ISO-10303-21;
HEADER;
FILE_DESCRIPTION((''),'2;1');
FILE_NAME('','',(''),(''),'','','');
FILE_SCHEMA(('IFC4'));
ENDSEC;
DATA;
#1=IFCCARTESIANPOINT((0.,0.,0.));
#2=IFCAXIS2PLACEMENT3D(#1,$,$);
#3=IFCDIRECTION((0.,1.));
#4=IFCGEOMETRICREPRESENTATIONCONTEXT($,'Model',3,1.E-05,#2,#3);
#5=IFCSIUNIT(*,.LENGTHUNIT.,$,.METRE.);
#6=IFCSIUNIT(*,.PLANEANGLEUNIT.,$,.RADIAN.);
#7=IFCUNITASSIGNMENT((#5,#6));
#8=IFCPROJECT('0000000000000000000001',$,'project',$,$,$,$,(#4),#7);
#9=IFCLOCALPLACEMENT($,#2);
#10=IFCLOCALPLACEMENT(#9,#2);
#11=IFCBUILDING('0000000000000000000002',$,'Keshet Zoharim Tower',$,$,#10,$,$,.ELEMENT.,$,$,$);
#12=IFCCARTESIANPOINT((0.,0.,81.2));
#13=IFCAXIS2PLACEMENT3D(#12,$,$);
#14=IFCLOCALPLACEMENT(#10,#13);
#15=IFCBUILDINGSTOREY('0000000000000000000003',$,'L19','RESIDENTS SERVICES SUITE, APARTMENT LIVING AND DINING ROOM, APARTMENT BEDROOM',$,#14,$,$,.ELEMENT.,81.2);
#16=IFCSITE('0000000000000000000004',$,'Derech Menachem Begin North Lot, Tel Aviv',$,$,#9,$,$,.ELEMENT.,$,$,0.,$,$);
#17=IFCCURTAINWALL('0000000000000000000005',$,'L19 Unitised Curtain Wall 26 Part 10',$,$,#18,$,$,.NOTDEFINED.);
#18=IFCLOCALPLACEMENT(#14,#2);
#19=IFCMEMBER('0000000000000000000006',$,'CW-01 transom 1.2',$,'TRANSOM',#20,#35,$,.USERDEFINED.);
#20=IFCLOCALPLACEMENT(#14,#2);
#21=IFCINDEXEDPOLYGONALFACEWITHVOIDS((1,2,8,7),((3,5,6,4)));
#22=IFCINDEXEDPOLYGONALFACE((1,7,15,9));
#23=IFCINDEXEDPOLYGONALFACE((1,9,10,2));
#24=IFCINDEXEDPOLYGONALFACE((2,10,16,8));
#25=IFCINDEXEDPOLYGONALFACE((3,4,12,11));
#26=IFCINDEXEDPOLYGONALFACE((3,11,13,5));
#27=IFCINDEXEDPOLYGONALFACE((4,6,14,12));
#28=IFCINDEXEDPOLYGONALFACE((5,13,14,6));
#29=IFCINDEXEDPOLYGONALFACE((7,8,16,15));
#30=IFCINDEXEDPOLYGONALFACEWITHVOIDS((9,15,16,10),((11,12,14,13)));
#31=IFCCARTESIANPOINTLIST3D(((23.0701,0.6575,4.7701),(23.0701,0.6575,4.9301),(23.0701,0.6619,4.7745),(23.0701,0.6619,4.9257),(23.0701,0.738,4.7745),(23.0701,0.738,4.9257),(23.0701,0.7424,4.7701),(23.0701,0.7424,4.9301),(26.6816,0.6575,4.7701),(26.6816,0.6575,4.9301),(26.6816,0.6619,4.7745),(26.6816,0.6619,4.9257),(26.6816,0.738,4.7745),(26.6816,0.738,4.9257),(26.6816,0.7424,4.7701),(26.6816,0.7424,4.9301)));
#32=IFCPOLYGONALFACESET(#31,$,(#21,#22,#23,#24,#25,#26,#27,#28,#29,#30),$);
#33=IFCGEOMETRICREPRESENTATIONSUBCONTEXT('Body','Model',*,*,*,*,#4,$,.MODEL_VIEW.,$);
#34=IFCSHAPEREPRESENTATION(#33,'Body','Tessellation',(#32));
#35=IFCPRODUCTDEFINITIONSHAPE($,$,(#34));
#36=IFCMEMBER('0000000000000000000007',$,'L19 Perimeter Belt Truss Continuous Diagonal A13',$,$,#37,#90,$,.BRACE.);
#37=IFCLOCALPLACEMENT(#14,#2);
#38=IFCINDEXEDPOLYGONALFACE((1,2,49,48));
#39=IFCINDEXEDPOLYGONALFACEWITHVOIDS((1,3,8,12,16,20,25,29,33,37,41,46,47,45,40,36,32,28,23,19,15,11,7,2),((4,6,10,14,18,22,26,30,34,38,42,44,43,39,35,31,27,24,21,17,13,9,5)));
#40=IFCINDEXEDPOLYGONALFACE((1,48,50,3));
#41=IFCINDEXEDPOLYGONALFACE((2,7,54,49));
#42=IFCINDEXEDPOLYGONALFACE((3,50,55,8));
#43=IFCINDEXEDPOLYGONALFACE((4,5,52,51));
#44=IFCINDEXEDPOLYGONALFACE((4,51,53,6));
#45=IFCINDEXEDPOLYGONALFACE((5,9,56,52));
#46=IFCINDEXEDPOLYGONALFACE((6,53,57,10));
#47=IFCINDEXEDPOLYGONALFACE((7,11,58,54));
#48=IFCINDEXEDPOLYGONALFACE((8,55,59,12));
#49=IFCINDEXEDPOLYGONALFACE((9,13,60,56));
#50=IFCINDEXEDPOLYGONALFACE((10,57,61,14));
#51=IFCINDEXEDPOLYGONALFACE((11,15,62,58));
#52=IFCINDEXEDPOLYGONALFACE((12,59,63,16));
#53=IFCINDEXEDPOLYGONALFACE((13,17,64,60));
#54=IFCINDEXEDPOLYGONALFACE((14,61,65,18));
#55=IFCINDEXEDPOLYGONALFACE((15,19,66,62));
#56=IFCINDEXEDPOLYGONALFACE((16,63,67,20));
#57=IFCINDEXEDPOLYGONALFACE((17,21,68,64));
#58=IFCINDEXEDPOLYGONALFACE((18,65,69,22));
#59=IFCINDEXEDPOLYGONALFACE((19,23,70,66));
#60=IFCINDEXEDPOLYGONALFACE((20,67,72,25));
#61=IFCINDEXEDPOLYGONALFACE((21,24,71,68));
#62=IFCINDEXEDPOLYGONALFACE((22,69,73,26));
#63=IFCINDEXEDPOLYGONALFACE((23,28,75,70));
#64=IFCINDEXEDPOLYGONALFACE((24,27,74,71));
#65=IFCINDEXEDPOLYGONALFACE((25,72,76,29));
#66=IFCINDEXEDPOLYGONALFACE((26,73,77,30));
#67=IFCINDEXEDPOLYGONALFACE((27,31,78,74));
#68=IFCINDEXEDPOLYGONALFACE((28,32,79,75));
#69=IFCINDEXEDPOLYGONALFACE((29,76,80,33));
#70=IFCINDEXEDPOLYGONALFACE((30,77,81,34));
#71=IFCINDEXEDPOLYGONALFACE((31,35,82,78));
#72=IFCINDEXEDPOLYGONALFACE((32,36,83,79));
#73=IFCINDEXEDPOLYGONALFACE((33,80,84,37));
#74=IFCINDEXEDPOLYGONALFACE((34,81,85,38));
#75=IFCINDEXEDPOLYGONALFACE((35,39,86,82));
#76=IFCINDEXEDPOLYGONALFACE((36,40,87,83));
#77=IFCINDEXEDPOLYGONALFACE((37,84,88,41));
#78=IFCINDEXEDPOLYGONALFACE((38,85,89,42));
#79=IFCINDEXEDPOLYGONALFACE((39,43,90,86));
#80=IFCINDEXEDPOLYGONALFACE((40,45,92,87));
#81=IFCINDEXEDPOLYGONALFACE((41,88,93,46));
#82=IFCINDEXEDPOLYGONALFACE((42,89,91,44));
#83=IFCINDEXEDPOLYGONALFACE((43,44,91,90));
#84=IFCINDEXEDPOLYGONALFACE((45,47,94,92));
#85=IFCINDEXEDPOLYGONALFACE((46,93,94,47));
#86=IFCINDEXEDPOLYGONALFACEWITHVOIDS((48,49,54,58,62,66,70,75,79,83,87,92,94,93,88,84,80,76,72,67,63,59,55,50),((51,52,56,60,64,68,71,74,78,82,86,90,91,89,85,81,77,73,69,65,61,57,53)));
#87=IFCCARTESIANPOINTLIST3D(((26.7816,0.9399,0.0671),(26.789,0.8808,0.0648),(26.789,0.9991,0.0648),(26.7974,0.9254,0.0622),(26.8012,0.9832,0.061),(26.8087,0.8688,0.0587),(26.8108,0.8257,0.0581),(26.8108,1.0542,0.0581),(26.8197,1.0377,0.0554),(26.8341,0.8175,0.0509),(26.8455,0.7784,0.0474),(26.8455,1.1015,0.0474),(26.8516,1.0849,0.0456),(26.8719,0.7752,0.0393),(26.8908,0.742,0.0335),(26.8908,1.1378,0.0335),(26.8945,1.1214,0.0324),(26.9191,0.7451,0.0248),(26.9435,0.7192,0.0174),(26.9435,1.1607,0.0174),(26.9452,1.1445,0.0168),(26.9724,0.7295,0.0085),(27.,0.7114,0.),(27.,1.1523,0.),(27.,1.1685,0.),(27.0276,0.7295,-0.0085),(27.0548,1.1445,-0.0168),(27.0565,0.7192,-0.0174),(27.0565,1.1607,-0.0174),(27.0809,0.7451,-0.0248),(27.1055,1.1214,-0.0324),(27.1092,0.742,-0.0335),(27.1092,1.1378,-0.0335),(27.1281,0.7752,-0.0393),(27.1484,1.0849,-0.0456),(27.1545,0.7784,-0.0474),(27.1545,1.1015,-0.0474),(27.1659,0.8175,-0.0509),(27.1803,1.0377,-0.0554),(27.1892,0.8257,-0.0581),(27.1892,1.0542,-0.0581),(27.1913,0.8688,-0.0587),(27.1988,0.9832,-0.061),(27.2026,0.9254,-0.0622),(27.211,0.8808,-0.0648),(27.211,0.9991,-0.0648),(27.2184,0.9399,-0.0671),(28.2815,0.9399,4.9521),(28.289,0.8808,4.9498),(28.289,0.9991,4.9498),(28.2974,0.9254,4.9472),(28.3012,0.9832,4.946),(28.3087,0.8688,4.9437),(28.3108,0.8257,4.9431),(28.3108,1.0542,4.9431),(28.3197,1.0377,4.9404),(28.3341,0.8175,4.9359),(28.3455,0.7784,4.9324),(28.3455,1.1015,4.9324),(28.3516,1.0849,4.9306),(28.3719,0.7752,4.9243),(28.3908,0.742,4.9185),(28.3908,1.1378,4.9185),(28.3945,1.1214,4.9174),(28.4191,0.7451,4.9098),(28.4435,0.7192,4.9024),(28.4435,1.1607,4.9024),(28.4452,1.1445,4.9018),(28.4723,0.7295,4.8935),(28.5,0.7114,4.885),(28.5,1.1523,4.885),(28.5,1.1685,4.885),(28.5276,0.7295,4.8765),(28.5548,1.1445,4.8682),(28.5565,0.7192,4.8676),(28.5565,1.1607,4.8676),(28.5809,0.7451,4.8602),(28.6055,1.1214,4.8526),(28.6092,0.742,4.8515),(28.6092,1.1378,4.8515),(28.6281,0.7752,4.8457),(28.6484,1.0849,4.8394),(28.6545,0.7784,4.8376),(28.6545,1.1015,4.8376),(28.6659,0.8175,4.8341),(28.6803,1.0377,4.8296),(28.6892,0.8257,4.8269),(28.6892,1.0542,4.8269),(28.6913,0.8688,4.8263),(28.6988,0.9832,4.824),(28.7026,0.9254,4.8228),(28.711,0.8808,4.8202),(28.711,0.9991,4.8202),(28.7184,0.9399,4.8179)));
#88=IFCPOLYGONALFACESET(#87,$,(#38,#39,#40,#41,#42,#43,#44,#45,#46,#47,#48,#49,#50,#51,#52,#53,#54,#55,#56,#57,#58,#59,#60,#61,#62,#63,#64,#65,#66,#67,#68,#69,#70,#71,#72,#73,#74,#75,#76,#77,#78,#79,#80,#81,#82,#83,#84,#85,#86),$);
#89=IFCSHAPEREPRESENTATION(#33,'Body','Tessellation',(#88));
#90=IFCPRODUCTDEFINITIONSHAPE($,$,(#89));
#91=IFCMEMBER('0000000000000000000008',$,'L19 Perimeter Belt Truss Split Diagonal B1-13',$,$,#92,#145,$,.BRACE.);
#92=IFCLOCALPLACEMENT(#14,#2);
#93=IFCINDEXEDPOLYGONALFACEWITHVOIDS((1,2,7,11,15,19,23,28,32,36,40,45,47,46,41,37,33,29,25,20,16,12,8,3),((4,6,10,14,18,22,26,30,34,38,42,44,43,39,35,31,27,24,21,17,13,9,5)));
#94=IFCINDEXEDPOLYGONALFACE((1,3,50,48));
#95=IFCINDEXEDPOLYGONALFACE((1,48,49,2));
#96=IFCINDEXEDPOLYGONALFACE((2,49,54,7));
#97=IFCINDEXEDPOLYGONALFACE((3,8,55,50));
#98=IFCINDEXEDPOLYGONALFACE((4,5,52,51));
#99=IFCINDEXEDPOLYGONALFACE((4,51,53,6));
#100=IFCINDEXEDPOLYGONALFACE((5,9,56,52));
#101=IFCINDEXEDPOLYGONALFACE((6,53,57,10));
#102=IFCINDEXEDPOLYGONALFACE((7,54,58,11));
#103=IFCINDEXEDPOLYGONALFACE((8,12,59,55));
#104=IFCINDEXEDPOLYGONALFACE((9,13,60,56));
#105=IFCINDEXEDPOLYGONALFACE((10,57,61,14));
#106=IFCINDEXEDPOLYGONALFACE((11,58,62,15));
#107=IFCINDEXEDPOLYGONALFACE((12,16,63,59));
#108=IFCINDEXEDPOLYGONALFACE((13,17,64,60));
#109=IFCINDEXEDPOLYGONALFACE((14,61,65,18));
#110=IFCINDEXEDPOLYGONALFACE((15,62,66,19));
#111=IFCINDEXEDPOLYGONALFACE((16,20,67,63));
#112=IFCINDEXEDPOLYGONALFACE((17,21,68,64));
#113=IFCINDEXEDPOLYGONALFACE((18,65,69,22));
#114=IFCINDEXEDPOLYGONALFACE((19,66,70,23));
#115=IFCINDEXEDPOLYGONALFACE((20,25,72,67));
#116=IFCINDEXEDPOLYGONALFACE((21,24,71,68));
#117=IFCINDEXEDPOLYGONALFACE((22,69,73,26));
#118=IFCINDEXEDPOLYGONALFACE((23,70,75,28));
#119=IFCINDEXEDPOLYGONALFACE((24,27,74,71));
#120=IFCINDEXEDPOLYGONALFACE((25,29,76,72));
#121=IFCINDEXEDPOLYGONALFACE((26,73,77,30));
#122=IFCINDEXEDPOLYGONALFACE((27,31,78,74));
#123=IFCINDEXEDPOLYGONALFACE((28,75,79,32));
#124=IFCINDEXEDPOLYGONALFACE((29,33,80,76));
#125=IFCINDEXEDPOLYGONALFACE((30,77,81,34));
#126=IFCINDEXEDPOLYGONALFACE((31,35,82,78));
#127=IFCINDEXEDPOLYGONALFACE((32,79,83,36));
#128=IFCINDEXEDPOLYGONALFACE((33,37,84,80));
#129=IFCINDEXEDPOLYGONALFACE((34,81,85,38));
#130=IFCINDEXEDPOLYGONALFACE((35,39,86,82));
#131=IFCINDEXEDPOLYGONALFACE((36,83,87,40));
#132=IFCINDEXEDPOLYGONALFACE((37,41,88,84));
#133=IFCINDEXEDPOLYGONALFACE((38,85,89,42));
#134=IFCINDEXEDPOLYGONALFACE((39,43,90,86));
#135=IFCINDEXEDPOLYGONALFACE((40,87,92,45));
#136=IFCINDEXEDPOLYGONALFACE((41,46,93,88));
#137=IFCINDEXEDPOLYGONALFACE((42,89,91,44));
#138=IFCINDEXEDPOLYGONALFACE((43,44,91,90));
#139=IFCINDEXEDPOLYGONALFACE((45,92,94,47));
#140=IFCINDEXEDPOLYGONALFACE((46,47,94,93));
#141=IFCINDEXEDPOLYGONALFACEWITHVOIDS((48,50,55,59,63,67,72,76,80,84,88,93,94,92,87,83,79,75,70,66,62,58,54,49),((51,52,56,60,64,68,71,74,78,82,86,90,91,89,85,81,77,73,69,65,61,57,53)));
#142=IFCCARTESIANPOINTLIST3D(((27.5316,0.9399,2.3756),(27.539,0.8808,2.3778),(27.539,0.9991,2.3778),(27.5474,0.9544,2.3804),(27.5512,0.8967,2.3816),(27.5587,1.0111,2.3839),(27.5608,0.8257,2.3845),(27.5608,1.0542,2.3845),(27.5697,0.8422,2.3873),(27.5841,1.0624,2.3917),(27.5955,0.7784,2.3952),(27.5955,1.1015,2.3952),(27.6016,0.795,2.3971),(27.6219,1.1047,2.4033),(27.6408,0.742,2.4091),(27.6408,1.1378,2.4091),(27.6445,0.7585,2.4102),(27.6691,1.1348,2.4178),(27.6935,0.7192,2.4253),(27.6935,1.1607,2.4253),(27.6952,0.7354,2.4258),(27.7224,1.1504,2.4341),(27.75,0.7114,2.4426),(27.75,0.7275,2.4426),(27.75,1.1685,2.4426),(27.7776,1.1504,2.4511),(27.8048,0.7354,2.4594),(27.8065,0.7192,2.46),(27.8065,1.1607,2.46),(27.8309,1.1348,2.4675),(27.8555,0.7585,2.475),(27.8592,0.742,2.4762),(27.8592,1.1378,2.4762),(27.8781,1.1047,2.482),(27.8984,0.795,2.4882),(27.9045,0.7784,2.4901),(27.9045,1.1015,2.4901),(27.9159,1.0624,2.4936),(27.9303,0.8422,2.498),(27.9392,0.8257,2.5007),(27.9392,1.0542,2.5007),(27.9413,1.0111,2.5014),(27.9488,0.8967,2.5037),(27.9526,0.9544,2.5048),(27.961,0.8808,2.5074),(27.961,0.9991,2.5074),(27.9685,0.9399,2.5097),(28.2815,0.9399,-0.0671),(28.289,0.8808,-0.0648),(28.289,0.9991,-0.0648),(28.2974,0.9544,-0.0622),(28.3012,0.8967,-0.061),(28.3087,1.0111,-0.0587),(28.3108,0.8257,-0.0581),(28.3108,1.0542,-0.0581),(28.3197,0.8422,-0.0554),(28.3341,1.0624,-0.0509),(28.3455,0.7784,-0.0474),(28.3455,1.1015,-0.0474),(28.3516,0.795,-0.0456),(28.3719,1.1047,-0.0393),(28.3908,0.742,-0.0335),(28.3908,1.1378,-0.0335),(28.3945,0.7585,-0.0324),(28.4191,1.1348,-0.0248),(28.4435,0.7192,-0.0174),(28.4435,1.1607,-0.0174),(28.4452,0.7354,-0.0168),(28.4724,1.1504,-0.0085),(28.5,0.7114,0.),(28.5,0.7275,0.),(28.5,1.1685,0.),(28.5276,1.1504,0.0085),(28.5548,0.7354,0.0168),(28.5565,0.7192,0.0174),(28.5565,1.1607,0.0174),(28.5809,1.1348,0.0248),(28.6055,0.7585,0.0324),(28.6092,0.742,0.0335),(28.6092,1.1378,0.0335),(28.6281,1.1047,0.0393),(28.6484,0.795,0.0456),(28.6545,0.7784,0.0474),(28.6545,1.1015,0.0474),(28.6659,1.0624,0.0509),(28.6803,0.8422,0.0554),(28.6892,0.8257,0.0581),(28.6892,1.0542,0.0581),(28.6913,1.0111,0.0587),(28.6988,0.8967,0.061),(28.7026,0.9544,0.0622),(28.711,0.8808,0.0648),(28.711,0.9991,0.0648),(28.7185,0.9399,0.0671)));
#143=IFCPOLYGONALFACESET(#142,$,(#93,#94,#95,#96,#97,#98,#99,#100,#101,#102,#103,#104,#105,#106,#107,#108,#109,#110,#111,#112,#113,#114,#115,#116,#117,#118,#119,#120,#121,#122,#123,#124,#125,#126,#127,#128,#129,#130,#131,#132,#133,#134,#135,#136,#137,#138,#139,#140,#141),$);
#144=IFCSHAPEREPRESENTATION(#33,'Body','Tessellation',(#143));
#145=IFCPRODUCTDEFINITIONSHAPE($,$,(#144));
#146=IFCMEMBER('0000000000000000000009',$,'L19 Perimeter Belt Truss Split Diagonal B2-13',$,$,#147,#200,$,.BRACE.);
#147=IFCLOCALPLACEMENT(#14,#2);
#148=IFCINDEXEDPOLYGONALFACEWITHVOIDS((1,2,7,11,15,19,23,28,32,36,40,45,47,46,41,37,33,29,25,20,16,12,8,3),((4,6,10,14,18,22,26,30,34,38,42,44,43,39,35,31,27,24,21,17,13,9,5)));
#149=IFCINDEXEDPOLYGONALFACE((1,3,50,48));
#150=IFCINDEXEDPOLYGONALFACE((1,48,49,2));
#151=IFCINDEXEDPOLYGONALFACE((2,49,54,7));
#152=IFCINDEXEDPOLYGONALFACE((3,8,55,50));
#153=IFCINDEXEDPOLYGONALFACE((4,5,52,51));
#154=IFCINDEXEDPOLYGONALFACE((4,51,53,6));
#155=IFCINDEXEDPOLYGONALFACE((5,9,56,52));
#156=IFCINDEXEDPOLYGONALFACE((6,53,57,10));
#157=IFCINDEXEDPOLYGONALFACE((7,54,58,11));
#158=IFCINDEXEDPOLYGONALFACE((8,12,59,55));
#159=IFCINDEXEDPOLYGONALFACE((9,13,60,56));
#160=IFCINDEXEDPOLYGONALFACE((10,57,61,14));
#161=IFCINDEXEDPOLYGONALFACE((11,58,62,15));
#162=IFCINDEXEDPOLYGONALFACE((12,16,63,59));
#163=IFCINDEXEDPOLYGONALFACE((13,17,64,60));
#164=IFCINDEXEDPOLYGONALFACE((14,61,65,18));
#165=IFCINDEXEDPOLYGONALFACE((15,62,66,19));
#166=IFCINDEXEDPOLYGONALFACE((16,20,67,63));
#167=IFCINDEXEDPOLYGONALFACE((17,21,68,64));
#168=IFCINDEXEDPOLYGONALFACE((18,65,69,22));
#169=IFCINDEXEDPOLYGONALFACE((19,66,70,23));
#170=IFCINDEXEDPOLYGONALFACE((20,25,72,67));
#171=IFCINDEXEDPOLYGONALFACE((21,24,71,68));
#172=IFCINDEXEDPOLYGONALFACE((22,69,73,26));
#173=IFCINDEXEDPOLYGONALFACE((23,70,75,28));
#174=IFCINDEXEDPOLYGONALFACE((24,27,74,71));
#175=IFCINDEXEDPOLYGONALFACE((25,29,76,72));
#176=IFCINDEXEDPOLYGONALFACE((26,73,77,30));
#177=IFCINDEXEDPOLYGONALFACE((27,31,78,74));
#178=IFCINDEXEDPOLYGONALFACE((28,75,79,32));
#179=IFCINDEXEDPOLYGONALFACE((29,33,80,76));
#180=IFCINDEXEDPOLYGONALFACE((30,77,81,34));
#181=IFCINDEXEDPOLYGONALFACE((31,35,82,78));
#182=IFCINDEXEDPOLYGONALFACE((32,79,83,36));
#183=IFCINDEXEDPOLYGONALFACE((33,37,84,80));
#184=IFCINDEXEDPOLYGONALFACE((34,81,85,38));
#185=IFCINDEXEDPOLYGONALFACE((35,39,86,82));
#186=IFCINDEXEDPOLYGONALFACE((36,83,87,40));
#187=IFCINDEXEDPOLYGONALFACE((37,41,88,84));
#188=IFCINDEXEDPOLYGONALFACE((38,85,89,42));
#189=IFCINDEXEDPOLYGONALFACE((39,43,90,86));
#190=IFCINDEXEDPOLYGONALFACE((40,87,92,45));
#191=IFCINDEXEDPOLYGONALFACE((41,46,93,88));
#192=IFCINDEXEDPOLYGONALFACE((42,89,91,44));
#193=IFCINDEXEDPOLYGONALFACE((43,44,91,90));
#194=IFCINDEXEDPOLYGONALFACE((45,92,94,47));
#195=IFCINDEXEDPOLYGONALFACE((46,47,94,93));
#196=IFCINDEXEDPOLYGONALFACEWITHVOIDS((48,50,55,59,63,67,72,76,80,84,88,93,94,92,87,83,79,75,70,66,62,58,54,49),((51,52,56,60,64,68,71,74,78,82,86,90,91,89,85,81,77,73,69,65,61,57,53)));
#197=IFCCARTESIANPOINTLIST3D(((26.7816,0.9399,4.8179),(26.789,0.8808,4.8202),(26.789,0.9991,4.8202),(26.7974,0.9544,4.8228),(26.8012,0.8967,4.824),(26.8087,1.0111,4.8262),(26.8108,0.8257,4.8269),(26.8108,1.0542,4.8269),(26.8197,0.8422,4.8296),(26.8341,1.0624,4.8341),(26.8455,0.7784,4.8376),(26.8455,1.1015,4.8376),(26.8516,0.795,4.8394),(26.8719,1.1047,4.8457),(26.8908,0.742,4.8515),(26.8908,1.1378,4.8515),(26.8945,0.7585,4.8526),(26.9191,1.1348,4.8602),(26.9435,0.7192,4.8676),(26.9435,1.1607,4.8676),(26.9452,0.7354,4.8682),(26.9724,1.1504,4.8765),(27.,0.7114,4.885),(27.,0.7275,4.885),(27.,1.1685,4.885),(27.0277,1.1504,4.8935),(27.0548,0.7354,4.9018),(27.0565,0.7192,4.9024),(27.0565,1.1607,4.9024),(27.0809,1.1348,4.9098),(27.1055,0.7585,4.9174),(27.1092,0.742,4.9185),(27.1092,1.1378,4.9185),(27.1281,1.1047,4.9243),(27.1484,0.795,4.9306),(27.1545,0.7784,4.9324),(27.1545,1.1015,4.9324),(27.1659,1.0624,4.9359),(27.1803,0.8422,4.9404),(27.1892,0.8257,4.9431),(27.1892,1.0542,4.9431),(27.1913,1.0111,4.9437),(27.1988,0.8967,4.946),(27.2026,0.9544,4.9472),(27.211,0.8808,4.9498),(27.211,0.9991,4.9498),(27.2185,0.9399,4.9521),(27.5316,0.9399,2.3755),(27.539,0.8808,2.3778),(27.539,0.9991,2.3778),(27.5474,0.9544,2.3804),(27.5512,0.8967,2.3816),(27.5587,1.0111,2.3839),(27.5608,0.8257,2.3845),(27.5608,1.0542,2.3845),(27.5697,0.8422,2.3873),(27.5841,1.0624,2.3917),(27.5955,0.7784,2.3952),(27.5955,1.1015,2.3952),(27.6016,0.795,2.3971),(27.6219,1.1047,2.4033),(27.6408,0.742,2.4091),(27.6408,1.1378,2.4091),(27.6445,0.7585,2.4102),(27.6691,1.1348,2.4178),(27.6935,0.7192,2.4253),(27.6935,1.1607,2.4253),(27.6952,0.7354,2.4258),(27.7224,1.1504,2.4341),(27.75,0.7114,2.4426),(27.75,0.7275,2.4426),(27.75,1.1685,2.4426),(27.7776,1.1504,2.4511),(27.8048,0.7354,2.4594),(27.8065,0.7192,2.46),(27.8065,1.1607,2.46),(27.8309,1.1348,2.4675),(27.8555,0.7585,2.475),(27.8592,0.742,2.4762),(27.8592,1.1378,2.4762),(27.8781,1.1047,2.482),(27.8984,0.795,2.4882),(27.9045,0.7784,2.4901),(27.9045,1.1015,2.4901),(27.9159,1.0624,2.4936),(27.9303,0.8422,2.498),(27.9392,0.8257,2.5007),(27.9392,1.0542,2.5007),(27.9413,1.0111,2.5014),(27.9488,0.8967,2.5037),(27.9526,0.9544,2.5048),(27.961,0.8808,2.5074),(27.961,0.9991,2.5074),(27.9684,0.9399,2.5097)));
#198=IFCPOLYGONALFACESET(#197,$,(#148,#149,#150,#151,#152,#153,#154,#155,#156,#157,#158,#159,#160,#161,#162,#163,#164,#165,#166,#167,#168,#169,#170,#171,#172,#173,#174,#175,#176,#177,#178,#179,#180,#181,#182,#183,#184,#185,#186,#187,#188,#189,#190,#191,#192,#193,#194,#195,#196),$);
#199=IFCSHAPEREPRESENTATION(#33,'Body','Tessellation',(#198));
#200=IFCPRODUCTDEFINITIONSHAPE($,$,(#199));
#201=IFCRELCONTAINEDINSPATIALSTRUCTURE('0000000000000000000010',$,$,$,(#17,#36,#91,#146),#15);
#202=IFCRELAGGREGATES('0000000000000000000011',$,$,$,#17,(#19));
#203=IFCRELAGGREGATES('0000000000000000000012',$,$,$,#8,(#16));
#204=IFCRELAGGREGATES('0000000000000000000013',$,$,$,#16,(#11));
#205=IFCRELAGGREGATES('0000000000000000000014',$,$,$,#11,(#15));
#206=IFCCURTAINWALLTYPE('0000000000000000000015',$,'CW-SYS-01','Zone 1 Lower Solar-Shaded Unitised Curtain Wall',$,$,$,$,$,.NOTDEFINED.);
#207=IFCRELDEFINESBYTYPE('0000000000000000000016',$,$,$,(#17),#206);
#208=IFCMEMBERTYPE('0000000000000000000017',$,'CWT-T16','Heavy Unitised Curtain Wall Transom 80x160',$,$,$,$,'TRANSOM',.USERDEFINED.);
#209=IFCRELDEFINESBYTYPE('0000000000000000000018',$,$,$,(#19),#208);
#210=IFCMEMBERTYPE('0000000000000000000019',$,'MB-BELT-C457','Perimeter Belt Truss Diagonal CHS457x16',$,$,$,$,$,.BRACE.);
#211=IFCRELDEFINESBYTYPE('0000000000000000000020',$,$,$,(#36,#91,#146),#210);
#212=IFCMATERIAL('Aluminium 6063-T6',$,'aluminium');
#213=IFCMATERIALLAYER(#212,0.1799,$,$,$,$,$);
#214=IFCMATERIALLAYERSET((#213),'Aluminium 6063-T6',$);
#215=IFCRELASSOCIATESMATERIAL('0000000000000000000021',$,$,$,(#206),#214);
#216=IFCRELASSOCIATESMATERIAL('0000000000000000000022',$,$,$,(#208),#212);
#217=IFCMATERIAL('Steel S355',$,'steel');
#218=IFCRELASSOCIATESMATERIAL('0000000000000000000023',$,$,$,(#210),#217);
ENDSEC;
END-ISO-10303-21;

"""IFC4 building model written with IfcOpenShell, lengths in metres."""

from ifc_helpers import new_model, si_unit, direction, frame, origin, origin_2d, place, context, subcontext, project, spatial, hollow_rectangle, hollow_circle, extrude, material, layer, layer_set, material_profile, profile_set, type_object, element, aggregate, save


model = new_model("IFC4")

# Units and contexts
model_context = context("Model", 3, precision=1e-05, world=origin(), true_north=direction((0.0, 1.0)))
body_context = subcontext(model_context, "Body", "Model", "MODEL_VIEW")
ifc_project = project(units=[si_unit("LENGTHUNIT", "METRE"), si_unit("PLANEANGLEUNIT", "RADIAN")], contexts=[model_context])

# Site, building, storey
site_placement = place(None, origin())
site = spatial("IfcSite", under=ifc_project, at=site_placement, Name="Derech Menachem Begin North Lot, Tel Aviv", CompositionType="ELEMENT", RefElevation=0.0)
building_placement = place(site_placement, origin())
building = spatial("IfcBuilding", under=site, at=building_placement, Name="Keshet Zoharim Tower", CompositionType="ELEMENT")
storey_placement = place(building_placement, frame((0.0, 0.0, 81.2)))
storey = spatial("IfcBuildingStorey", under=building, at=storey_placement, Name="L19", Description="RESIDENTS SERVICES SUITE, APARTMENT LIVING AND DINING ROOM, APARTMENT BEDROOM", CompositionType="ELEMENT", Elevation=81.2)

# Shared definitions
ifc_material_1 = material(Name="Steel S355", Category="steel")

# Shared definitions
ifc_material_2 = material(Name="Aluminium 6063-T6", Category="aluminium")
ifc_layer_1 = layer(ifc_material_2, 0.1799)
ifc_layer_set_1 = layer_set([ifc_layer_1], Name="Aluminium 6063-T6")
curtain_wall_type = type_object("IfcCurtainWallType", Name="CW-SYS-01", Description="Zone 1 Lower Solar-Shaded Unitised Curtain Wall", PredefinedType="NOTDEFINED", material=ifc_layer_set_1)

# Curtain wall, member
ifc_material_profile_1 = material_profile(ifc_material_2, hollow_rectangle(XDim=0.085, YDim=0.1599, WallThickness=0.0044, at=origin_2d()), Name="TRN-85x160")
ifc_profile_set_1 = profile_set([ifc_material_profile_1], Name="Aluminium 6063-T6")
member_type_1 = type_object("IfcMemberType", Name="CWT-T16", Description="Heavy Unitised Curtain Wall Transom 80x160", ElementType="TRANSOM", PredefinedType="USERDEFINED", material=ifc_profile_set_1)
curtain_wall_1_placement = place(storey_placement, origin())
curtain_wall_1 = element("IfcCurtainWall", 1, at=curtain_wall_1_placement, inside=storey, type_object=curtain_wall_type, Name="L19 Unitised Curtain Wall 26 Part 10", PredefinedType="NOTDEFINED")
member_1_placement = place(storey_placement, frame((26.6816, 0.7, 4.8501), z_axis=(-1.0, 0.0, 0.0), x_axis=(0.0, -1.0, 0.0)))
member_1 = element("IfcMember", 2, at=member_1_placement, type_object=member_type_1, Name="CW-01 transom 1.2", ObjectType="TRANSOM", PredefinedType="USERDEFINED", context=body_context, shape_type="SweptSolid", body=[
    extrude(hollow_rectangle(XDim=0.085, YDim=0.1599, WallThickness=0.0044, at=origin_2d()), origin(), (0.0, 0.0, 1.0), 3.6116),
])
aggregate(curtain_wall_1, [member_1])

# Members
ifc_material_profile_2 = material_profile(ifc_material_1, hollow_circle(Radius=0.2285, WallThickness=0.0161, at=origin_2d()), Name="CHS457x16")
ifc_profile_set_2 = profile_set([ifc_material_profile_2], Name="Steel S355")
member_type_2 = type_object("IfcMemberType", Name="MB-BELT-C457", Description="Perimeter Belt Truss Diagonal CHS457x16", PredefinedType="BRACE", material=ifc_profile_set_2)
member_2_placement = place(storey_placement, frame((27.0, 0.9399, 0.0), z_axis=(0.293535, 0.0, 0.955948), x_axis=(0.0, 1.0, 0.0)))
element("IfcMember", 3, at=member_2_placement, inside=storey, type_object=member_type_2, Name="L19 Perimeter Belt Truss Continuous Diagonal A13", PredefinedType="BRACE", context=body_context, shape_type="SweptSolid", body=[
    extrude(hollow_circle(Radius=0.2285, WallThickness=0.0161, at=origin_2d()), origin(), (0.0, 0.0, 1.0), 5.1101),
])
member_3_placement = place(storey_placement, frame((28.5, 0.9399, 0.0), z_axis=(-0.293522, 0.0, 0.955952), x_axis=(0.0, -1.0, 0.0)))
element("IfcMember", 4, at=member_3_placement, inside=storey, type_object=member_type_2, Name="L19 Perimeter Belt Truss Split Diagonal B1-13", PredefinedType="BRACE", context=body_context, shape_type="SweptSolid", body=[
    extrude(hollow_circle(Radius=0.2285, WallThickness=0.0161, at=origin_2d()), origin(), (0.0, 0.0, 1.0), 2.5552),
])
member_4_placement = place(storey_placement, frame((27.75, 0.9399, 2.4426), z_axis=(-0.293549, 0.0, 0.955944), x_axis=(0.0, -1.0, 0.0)))
element("IfcMember", 5, at=member_4_placement, inside=storey, type_object=member_type_2, Name="L19 Perimeter Belt Truss Split Diagonal B2-13", PredefinedType="BRACE", context=body_context, shape_type="SweptSolid", body=[
    extrude(hollow_circle(Radius=0.2285, WallThickness=0.0161, at=origin_2d()), origin(), (0.0, 0.0, 1.0), 2.5549),
])

save(model, "model.ifc")
